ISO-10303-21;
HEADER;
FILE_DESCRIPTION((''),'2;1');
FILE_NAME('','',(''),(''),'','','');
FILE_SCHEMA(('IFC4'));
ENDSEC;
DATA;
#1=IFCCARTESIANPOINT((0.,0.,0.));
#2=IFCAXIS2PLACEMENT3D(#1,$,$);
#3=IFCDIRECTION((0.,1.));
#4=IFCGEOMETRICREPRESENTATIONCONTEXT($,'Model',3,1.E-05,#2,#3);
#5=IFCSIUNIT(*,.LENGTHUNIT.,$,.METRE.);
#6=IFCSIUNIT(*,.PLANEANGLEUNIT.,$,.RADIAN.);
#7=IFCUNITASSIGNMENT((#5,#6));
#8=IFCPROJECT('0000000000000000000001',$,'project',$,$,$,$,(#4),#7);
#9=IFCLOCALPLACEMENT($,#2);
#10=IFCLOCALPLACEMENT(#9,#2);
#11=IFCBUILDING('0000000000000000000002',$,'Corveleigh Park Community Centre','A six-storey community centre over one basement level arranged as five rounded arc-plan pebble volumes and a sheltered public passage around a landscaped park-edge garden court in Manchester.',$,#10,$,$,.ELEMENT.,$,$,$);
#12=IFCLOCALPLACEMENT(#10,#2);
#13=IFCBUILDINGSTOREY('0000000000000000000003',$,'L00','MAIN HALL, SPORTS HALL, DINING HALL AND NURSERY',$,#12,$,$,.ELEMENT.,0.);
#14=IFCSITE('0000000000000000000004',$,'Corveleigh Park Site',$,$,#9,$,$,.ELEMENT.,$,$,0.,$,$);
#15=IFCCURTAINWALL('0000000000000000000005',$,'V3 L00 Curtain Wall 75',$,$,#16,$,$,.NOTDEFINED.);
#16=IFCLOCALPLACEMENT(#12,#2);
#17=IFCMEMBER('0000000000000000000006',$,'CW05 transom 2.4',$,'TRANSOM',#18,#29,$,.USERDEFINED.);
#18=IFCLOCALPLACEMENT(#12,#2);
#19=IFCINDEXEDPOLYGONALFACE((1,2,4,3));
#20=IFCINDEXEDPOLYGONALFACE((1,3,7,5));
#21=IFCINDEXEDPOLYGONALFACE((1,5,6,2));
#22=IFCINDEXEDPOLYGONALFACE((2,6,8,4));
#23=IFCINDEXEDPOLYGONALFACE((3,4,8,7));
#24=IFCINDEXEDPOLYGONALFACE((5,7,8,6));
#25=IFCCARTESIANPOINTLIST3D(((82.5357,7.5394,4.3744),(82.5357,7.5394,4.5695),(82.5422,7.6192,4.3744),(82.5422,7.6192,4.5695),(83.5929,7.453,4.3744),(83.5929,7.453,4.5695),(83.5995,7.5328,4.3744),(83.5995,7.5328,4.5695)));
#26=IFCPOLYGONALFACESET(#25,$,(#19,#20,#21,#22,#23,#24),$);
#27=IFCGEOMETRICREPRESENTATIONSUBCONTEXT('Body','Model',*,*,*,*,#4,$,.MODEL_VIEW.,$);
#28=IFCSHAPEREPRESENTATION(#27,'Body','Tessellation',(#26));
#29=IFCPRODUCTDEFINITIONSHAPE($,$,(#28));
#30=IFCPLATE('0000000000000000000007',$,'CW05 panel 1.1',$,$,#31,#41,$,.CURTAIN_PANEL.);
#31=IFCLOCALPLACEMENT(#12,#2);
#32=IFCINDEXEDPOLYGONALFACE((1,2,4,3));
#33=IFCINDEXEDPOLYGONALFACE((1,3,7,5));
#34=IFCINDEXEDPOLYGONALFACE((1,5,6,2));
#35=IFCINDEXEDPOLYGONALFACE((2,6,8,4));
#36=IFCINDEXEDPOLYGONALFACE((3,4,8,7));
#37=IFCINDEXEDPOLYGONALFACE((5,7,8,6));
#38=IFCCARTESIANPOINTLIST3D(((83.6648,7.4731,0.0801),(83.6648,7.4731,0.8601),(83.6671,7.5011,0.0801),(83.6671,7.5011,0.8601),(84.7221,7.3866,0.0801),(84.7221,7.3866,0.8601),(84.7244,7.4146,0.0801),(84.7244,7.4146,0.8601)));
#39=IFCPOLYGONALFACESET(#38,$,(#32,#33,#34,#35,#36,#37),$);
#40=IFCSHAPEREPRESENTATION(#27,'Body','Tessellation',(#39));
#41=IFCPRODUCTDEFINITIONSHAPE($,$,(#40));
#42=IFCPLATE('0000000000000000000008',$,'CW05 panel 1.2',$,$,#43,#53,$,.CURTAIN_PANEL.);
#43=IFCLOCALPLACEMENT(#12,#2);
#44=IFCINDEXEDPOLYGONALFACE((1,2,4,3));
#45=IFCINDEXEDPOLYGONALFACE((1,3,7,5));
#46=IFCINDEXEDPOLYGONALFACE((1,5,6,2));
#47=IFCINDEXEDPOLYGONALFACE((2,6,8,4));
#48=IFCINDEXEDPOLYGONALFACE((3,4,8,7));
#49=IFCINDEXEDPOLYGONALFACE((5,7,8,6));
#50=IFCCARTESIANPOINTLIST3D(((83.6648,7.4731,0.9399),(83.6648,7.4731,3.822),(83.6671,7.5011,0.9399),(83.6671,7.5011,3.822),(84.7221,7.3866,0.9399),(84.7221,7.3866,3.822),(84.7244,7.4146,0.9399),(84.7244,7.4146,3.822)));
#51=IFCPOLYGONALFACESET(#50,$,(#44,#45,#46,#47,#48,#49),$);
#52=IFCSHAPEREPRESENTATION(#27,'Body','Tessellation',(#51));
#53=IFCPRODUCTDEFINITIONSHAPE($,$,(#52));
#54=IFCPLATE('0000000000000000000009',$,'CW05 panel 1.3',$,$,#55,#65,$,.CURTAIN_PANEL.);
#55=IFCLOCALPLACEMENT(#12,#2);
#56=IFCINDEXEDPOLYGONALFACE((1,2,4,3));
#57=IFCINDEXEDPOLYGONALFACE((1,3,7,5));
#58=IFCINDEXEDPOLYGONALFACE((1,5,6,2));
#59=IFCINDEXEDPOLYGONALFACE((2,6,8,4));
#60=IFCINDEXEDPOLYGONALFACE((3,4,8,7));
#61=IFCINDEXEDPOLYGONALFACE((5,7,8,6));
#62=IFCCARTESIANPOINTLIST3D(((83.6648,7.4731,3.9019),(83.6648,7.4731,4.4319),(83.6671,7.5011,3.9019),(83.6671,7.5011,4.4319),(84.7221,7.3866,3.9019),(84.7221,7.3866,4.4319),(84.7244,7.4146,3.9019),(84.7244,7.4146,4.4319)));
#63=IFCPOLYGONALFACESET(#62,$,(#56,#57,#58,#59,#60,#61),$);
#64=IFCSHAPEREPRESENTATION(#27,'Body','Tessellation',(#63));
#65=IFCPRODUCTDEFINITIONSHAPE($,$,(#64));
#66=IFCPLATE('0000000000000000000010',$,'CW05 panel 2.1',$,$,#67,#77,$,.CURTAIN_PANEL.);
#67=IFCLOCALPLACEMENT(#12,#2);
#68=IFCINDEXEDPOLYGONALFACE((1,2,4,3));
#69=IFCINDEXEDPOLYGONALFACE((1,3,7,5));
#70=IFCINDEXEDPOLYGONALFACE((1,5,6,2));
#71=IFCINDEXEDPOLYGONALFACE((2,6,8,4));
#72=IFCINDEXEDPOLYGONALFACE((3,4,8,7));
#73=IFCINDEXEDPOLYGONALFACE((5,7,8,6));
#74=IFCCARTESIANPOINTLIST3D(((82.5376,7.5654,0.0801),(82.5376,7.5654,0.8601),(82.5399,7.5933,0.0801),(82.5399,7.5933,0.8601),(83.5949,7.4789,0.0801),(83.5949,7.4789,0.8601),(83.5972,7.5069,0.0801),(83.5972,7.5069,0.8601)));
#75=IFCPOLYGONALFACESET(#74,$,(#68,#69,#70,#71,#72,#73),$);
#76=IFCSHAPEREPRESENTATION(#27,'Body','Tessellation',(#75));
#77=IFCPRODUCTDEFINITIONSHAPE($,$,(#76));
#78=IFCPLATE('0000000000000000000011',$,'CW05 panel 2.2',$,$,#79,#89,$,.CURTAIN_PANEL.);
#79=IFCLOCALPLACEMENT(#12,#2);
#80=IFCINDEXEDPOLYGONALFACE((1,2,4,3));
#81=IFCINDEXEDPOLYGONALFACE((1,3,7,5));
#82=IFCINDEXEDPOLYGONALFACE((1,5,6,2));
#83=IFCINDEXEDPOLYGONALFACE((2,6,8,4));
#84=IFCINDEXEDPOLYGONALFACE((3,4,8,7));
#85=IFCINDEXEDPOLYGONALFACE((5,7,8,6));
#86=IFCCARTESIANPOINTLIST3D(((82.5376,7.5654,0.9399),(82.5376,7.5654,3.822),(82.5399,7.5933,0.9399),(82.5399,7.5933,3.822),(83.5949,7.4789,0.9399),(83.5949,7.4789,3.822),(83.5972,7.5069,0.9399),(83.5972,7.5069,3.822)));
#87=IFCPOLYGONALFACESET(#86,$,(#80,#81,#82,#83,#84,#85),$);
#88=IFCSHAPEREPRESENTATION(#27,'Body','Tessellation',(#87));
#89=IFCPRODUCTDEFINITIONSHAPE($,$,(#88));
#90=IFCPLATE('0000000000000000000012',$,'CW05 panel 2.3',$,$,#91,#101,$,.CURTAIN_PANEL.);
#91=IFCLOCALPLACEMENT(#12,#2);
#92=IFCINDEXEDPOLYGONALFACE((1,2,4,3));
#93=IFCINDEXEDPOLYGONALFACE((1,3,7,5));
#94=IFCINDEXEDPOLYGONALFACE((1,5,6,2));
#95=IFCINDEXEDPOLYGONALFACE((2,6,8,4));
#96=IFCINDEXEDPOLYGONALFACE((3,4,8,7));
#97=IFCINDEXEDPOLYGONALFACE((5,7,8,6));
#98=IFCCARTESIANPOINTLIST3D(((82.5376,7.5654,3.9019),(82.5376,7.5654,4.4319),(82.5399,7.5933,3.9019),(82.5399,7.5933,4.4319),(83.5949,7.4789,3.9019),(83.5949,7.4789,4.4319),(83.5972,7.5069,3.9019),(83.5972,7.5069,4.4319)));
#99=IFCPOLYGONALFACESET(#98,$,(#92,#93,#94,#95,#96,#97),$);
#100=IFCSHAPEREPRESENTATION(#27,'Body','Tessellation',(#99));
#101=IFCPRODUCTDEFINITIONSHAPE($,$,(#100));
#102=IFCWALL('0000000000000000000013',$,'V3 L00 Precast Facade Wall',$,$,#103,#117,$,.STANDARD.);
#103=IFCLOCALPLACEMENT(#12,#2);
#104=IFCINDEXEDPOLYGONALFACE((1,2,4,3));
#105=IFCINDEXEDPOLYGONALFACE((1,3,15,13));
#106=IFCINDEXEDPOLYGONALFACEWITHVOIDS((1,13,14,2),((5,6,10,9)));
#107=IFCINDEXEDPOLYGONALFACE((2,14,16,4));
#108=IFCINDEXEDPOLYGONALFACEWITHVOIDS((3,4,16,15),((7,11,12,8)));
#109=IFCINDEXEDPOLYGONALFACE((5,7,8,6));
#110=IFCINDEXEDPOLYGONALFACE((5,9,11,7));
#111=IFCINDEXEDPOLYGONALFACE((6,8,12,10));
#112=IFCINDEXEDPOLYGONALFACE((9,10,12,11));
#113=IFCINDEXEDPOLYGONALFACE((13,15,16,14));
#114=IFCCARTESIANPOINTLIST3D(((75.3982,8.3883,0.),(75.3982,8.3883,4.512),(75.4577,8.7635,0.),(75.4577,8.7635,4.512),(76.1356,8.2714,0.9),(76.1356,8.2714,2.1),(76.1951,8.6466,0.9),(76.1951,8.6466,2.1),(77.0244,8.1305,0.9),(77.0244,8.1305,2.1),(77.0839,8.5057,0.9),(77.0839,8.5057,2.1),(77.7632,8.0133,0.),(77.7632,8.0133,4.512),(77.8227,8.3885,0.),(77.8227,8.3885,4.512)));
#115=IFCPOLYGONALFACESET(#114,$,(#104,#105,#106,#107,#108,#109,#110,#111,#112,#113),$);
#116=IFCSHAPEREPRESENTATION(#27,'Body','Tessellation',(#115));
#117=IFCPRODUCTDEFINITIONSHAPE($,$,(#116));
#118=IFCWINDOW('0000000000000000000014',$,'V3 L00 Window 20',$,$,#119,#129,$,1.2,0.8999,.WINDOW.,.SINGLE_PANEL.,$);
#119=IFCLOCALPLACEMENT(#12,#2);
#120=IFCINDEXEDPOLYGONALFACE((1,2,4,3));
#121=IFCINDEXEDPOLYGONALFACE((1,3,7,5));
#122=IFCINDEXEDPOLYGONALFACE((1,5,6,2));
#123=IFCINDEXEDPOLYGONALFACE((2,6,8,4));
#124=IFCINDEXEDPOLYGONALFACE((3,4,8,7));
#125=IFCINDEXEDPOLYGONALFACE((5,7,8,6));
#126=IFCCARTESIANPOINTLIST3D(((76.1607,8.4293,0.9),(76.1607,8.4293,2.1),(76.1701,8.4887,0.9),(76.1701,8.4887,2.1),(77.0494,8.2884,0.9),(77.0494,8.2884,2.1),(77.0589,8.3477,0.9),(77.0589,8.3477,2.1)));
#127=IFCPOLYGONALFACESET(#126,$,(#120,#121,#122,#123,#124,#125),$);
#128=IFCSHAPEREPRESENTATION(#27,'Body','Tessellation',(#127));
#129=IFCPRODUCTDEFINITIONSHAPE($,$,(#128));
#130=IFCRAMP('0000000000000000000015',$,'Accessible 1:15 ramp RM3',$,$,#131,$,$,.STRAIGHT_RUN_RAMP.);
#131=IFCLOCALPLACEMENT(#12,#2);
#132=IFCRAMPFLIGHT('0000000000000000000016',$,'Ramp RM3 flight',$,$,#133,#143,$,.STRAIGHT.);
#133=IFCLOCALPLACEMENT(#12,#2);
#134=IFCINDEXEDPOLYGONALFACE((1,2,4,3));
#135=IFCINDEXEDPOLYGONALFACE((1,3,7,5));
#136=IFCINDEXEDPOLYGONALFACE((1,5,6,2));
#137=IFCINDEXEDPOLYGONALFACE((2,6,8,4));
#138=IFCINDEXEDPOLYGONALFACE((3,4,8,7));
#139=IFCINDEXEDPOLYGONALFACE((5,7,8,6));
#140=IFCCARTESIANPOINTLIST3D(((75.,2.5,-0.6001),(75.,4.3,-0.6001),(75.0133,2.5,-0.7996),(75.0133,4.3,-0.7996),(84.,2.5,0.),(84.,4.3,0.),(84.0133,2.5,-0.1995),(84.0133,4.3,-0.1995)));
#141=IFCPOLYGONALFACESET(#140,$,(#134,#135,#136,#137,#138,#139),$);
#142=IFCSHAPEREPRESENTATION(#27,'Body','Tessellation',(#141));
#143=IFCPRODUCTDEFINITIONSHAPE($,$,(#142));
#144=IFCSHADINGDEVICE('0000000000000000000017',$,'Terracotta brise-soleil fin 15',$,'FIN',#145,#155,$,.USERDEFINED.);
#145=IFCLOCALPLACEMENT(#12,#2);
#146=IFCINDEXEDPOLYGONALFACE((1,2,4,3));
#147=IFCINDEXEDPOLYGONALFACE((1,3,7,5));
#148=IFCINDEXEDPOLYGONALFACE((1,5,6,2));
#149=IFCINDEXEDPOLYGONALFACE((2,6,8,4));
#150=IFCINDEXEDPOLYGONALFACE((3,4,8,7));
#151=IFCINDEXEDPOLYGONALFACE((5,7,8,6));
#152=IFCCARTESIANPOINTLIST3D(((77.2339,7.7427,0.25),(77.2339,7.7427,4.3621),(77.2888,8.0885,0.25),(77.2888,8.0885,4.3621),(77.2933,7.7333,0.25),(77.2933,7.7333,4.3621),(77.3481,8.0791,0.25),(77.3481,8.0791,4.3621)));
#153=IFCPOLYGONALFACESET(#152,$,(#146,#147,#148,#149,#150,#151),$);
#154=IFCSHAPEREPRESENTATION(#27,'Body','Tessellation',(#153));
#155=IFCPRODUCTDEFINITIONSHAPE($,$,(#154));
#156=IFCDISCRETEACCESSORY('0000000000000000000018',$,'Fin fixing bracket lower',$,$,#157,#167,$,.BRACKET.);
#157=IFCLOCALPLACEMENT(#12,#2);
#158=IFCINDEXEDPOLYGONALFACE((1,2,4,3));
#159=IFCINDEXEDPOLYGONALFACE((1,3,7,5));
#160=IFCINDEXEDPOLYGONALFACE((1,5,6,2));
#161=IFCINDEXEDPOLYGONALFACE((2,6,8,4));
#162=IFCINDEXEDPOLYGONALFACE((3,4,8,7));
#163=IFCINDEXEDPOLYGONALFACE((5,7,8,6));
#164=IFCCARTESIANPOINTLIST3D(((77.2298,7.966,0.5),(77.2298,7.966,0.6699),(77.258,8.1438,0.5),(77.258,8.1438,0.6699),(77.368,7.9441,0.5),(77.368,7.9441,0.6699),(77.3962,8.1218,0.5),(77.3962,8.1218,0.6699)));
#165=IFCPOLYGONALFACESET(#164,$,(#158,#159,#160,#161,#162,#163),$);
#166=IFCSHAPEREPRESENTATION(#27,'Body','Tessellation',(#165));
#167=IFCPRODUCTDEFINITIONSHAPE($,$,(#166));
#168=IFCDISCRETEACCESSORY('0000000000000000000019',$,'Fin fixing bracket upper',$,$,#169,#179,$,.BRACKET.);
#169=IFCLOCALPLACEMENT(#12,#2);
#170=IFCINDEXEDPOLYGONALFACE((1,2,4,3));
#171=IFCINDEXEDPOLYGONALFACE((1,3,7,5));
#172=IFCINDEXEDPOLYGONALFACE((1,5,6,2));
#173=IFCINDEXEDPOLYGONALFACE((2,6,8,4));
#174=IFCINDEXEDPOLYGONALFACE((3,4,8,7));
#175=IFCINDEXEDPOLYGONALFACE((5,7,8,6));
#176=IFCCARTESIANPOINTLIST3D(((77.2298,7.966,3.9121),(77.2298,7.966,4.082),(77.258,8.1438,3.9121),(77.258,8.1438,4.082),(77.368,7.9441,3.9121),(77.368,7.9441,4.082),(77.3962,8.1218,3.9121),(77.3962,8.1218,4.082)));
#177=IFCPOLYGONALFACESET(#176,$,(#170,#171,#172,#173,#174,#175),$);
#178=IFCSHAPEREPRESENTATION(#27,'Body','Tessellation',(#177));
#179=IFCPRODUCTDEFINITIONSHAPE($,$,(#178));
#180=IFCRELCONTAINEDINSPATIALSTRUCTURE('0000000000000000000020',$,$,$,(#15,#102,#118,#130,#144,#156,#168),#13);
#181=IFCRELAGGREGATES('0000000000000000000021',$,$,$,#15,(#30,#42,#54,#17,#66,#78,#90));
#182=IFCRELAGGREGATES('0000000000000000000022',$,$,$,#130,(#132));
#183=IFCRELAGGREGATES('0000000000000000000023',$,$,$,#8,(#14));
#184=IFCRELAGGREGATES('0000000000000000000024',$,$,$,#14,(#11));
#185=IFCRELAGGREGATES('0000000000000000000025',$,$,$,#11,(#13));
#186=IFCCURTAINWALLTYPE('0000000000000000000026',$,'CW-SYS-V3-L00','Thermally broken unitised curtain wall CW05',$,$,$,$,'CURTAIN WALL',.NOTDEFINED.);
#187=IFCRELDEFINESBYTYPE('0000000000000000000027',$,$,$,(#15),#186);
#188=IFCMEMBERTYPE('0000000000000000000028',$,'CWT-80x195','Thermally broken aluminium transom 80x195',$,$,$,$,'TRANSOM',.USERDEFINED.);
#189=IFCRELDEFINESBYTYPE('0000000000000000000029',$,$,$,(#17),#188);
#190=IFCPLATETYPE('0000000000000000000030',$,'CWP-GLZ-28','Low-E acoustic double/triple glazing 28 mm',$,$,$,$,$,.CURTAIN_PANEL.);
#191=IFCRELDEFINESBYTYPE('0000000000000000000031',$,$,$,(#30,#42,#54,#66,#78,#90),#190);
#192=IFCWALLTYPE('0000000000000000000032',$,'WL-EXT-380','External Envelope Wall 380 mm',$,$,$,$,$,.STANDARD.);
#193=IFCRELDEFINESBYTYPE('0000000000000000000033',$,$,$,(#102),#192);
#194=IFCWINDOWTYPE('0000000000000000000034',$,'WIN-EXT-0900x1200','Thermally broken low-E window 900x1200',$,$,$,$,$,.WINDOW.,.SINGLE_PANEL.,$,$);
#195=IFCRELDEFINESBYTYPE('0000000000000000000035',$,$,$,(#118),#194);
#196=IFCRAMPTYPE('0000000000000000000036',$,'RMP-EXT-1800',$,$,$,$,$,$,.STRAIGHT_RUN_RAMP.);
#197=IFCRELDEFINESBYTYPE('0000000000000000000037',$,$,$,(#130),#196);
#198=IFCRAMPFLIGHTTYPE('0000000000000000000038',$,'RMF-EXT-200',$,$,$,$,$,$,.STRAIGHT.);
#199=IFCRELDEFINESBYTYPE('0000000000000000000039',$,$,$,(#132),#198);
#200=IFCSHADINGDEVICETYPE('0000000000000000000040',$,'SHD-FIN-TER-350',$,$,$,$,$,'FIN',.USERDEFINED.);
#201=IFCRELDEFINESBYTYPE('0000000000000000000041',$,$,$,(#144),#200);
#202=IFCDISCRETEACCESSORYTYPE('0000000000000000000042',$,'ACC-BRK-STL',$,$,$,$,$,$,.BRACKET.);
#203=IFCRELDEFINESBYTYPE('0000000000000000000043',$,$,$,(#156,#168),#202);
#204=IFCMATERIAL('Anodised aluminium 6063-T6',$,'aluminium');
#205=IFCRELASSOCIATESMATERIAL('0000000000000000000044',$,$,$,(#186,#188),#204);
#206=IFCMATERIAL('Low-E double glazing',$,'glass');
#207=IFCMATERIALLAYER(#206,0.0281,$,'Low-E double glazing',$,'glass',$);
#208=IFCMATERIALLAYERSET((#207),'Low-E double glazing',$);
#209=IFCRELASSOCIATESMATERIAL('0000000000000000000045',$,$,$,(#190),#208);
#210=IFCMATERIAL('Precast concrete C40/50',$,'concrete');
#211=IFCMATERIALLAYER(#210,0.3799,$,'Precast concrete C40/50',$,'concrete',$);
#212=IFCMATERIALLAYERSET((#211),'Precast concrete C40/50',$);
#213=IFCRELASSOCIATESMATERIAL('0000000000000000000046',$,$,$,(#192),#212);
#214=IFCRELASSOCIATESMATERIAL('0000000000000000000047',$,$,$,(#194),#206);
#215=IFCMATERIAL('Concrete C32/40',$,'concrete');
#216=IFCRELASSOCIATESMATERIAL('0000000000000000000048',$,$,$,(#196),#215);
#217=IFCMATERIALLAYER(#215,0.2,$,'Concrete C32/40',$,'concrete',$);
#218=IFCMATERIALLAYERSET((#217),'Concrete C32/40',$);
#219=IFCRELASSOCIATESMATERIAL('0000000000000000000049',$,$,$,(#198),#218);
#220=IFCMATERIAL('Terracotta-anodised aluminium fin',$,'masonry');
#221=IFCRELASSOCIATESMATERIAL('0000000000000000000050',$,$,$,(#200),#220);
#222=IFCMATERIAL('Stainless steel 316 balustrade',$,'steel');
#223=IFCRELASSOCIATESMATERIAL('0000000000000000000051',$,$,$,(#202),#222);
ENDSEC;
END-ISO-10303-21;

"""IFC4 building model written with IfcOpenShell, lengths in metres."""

from ifc_helpers import new_model, si_unit, direction, frame, frame_2d, origin, origin_2d, place, context, subcontext, project, spatial, polyline, rectangle, outline, extrude, material, layer, layer_set, material_profile, profile_set, type_object, element, fill, aggregate, save


model = new_model("IFC4")

# Units and contexts
model_context = context("Model", 3, precision=1e-05, world=origin(), true_north=direction((0.0, 1.0)))
body_context = subcontext(model_context, "Body", "Model", "MODEL_VIEW")
ifc_project = project(units=[si_unit("LENGTHUNIT", "METRE"), si_unit("PLANEANGLEUNIT", "RADIAN")], contexts=[model_context])

# Site, building, storey
site_placement = place(None, origin())
site = spatial("IfcSite", under=ifc_project, at=site_placement, Name="Corveleigh Park Site", CompositionType="ELEMENT", RefElevation=0.0)
building_placement = place(site_placement, origin())
building = spatial("IfcBuilding", under=site, at=building_placement, Name="Corveleigh Park Community Centre", Description="A six-storey community centre over one basement level arranged as five rounded arc-plan pebble volumes and a sheltered public passage around a landscaped park-edge garden court in Manchester.", CompositionType="ELEMENT")
storey_placement = place(building_placement, origin())
storey = spatial("IfcBuildingStorey", under=building, at=storey_placement, Name="L00", Description="MAIN HALL, SPORTS HALL, DINING HALL AND NURSERY", CompositionType="ELEMENT", Elevation=0.0)

# Curtain wall
ifc_material_1 = material(Name="Anodised aluminium 6063-T6", Category="aluminium")
curtain_wall_type = type_object("IfcCurtainWallType", Name="CW-SYS-V3-L00", Description="Thermally broken unitised curtain wall CW05", ElementType="CURTAIN WALL", PredefinedType="NOTDEFINED", material=ifc_material_1)
curtain_wall_1_placement = place(storey_placement, origin())
curtain_wall_1 = element("IfcCurtainWall", 1, at=curtain_wall_1_placement, inside=storey, type_object=curtain_wall_type, Name="V3 L00 Curtain Wall 75", PredefinedType="NOTDEFINED")

# Member
ifc_material_profile_1 = material_profile(ifc_material_1, rectangle(XDim=0.0801, YDim=0.1951, at=origin_2d()), Name="ALU-T80x195", Category="aluminium")
ifc_profile_set_1 = profile_set([ifc_material_profile_1], Name="Anodised aluminium 6063-T6")
member_type_1 = type_object("IfcMemberType", Name="CWT-80x195", Description="Thermally broken aluminium transom 80x195", ElementType="TRANSOM", PredefinedType="USERDEFINED", material=ifc_profile_set_1)
member_1_placement = place(storey_placement, frame((83.5962, 7.4929, 4.4719), z_axis=(-0.996676, 0.081465, 0.0), x_axis=(-0.081465, -0.996676, 0.0)))
member_1 = element("IfcMember", 2, at=member_1_placement, type_object=member_type_1, Name="CW05 transom 2.4", ObjectType="TRANSOM", PredefinedType="USERDEFINED", context=body_context, shape_type="SweptSolid", body=[
    extrude(rectangle(XDim=0.0801, YDim=0.1951, at=origin_2d()), origin(), (0.0, 0.0, 1.0), 1.0608),
])

# Plates
ifc_material_2 = material(Name="Low-E double glazing", Category="glass")
ifc_layer_1 = layer(ifc_material_2, 0.0281, Name="Low-E double glazing", Category="glass")
ifc_layer_set_1 = layer_set([ifc_layer_1], Name="Low-E double glazing")
plate_type = type_object("IfcPlateType", Name="CWP-GLZ-28", Description="Low-E acoustic double/triple glazing 28 mm", PredefinedType="CURTAIN_PANEL", material=ifc_layer_set_1)
plate_1_placement = place(storey_placement, frame((84.1946, 7.4438, 0.0801), z_axis=(0.0, 0.0, 1.0), x_axis=(-0.996675, 0.081484, 0.0)))
plate_1 = element("IfcPlate", 3, at=plate_1_placement, type_object=plate_type, Name="CW05 panel 1.1", PredefinedType="CURTAIN_PANEL", context=body_context, shape_type="SweptSolid", body=[
    extrude(rectangle(XDim=1.0608, YDim=0.0281, at=origin_2d()), origin(), (0.0, 0.0, 1.0), 0.78),
])
plate_2_placement = place(storey_placement, frame((84.1946, 7.4438, 0.9399), z_axis=(0.0, 0.0, 1.0), x_axis=(-0.996675, 0.081484, 0.0)))
plate_2 = element("IfcPlate", 4, at=plate_2_placement, type_object=plate_type, Name="CW05 panel 1.2", PredefinedType="CURTAIN_PANEL", context=body_context, shape_type="SweptSolid", body=[
    extrude(rectangle(XDim=1.0608, YDim=0.0281, at=origin_2d()), origin(), (0.0, 0.0, 1.0), 2.8821),
])
plate_3_placement = place(storey_placement, frame((84.1946, 7.4438, 3.9019), z_axis=(0.0, 0.0, 1.0), x_axis=(-0.996675, 0.081484, 0.0)))
plate_3 = element("IfcPlate", 5, at=plate_3_placement, type_object=plate_type, Name="CW05 panel 1.3", PredefinedType="CURTAIN_PANEL", context=body_context, shape_type="SweptSolid", body=[
    extrude(rectangle(XDim=1.0608, YDim=0.0281, at=origin_2d()), origin(), (0.0, 0.0, 1.0), 0.53),
])
plate_4_placement = place(storey_placement, frame((83.0674, 7.5361, 0.0801), z_axis=(0.0, 0.0, 1.0), x_axis=(-0.996675, 0.081484, 0.0)))
plate_4 = element("IfcPlate", 6, at=plate_4_placement, type_object=plate_type, Name="CW05 panel 2.1", PredefinedType="CURTAIN_PANEL", context=body_context, shape_type="SweptSolid", body=[
    extrude(rectangle(XDim=1.0608, YDim=0.0281, at=origin_2d()), origin(), (0.0, 0.0, 1.0), 0.78),
])
plate_5_placement = place(storey_placement, frame((83.0674, 7.5361, 0.9399), z_axis=(0.0, 0.0, 1.0), x_axis=(-0.996675, 0.081484, 0.0)))
plate_5 = element("IfcPlate", 7, at=plate_5_placement, type_object=plate_type, Name="CW05 panel 2.2", PredefinedType="CURTAIN_PANEL", context=body_context, shape_type="SweptSolid", body=[
    extrude(rectangle(XDim=1.0608, YDim=0.0281, at=origin_2d()), origin(), (0.0, 0.0, 1.0), 2.8821),
])
plate_6_placement = place(storey_placement, frame((83.0674, 7.5361, 3.9019), z_axis=(0.0, 0.0, 1.0), x_axis=(-0.996675, 0.081484, 0.0)))
plate_6 = element("IfcPlate", 8, at=plate_6_placement, type_object=plate_type, Name="CW05 panel 2.3", PredefinedType="CURTAIN_PANEL", context=body_context, shape_type="SweptSolid", body=[
    extrude(rectangle(XDim=1.0608, YDim=0.0281, at=origin_2d()), origin(), (0.0, 0.0, 1.0), 0.53),
])
aggregate(curtain_wall_1, [plate_1, plate_2, plate_3, member_1, plate_4, plate_5, plate_6])

# Shared definitions
ifc_material_3 = material(Name="Precast concrete C40/50", Category="concrete")

# Wall, opening, window
ifc_layer_2 = layer(ifc_material_3, 0.3799, Name="Precast concrete C40/50", Category="concrete")
ifc_layer_set_2 = layer_set([ifc_layer_2], Name="Precast concrete C40/50")
wall_type_1 = type_object("IfcWallType", Name="WL-EXT-380", Description="External Envelope Wall 380 mm", PredefinedType="STANDARD", material=ifc_layer_set_2)
wall_1_placement = place(storey_placement, frame((77.793, 8.2009, 0.0), z_axis=(0.0, 0.0, 1.0), x_axis=(-0.987661, 0.156607, 0.0)))
wall_1 = element("IfcWall", 9, at=wall_1_placement, inside=storey, type_object=wall_type_1, Name="V3 L00 Precast Facade Wall", PredefinedType="STANDARD", context=body_context, shape_type="SweptSolid", body=[
    extrude(rectangle(XDim=2.3945, YDim=0.3799, at=frame_2d((1.1973, 0.0))), origin(), (0.0, 0.0, 1.0), 4.512),
])
opening_1_placement = place(wall_1_placement, frame((0.748, 0.0, 0.8999)))
opening_1 = element("IfcOpeningElement", 10, at=opening_1_placement, cuts=wall_1, PredefinedType="OPENING", context=body_context, shape_type="SweptSolid", body=[
    extrude(rectangle(XDim=0.8999, YDim=1.2, at=frame_2d((0.45, 0.6001))), frame((0.0, 0.2, 0.0), z_axis=(0.0, -1.0, 0.0), x_axis=(1.0, 0.0, 0.0)), (0.0, 0.0, 1.0), 0.3999),
])
window_type = type_object("IfcWindowType", Name="WIN-EXT-0900x1200", Description="Thermally broken low-E window 900x1200", PartitioningType="SINGLE_PANEL", PredefinedType="WINDOW", material=ifc_material_2)
window_placement = place(opening_1_placement, origin())
window = element("IfcWindow", 11, at=window_placement, inside=storey, type_object=window_type, Name="V3 L00 Window 20", OverallHeight=1.2, OverallWidth=0.8999, PartitioningType="SINGLE_PANEL", PredefinedType="WINDOW", context=body_context, shape_type="SweptSolid", body=[
    extrude(rectangle(XDim=0.8999, YDim=1.2, at=frame_2d((0.45, 0.6001))), frame((0.0, 0.03, 0.0), z_axis=(0.0, -1.0, 0.0), x_axis=(1.0, 0.0, 0.0)), (0.0, 0.0, 1.0), 0.0601),
])
fill(opening_1, window)

# Ramp, ramp flight
ifc_material_4 = material(Name="Concrete C32/40", Category="concrete")
ramp_type = type_object("IfcRampType", Name="RMP-EXT-1800", PredefinedType="STRAIGHT_RUN_RAMP", material=ifc_material_4)
ramp_placement = place(storey_placement, origin())
ramp = element("IfcRamp", 12, at=ramp_placement, inside=storey, type_object=ramp_type, Name="Accessible 1:15 ramp RM3", PredefinedType="STRAIGHT_RUN_RAMP")
ifc_layer_3 = layer(ifc_material_4, 0.2, Name="Concrete C32/40", Category="concrete")
ifc_layer_set_3 = layer_set([ifc_layer_3], Name="Concrete C32/40")
ramp_flight_type = type_object("IfcRampFlightType", Name="RMF-EXT-200", PredefinedType="STRAIGHT", material=ifc_layer_set_3)
ramp_flight_placement = place(storey_placement, frame((75.0, 2.5, -0.6001), z_axis=(-0.06653, 0.0, 0.997784), x_axis=(0.997784, 0.0, 0.06653)))
ramp_flight = element("IfcRampFlight", 13, at=ramp_flight_placement, type_object=ramp_flight_type, Name="Ramp RM3 flight", PredefinedType="STRAIGHT", context=body_context, shape_type="SweptSolid", body=[
    extrude(outline(polyline([(0.0, 0.0), (9.02, 0.0), (9.02, 1.8), (0.0, 1.8), (0.0, 0.0)])), origin(), (0.0, 0.0, -1.0), 0.2),
])
aggregate(ramp, [ramp_flight])

# Shared definitions
ifc_material_5 = material(Name="Stainless steel 316 balustrade", Category="steel")

# Shading device
ifc_material_6 = material(Name="Terracotta-anodised aluminium fin", Category="masonry")
shading_device_type = type_object("IfcShadingDeviceType", Name="SHD-FIN-TER-350", ElementType="FIN", PredefinedType="USERDEFINED", material=ifc_material_6)
shading_device_placement = place(storey_placement, frame((77.291, 7.9109, 0.25), z_axis=(0.0, 0.0, 1.0), x_axis=(-0.156606, -0.987661, 0.0)))
element("IfcShadingDevice", 14, at=shading_device_placement, inside=storey, type_object=shading_device_type, Name="Terracotta brise-soleil fin 15", ObjectType="FIN", PredefinedType="USERDEFINED", context=body_context, shape_type="SweptSolid", body=[
    extrude(rectangle(XDim=0.3501, YDim=0.0601, at=origin_2d()), origin(), (0.0, 0.0, 1.0), 4.1121),
])

# Discrete accessories
discrete_accessory_type = type_object("IfcDiscreteAccessoryType", Name="ACC-BRK-STL", PredefinedType="BRACKET", material=ifc_material_5)
for number, where, z_axis, x_axis, name in (
    (15, (77.313, 8.0439, 0.5), (0.0, 0.0, 1.0), (-0.156606, -0.987661, 0.0), "Fin fixing bracket lower"),
    (16, (77.313, 8.0439, 3.9121), (0.0, 0.0, 1.0), (-0.156606, -0.987661, 0.0), "Fin fixing bracket upper"),
):
    element("IfcDiscreteAccessory", number, at=place(storey_placement, frame(where, z_axis=z_axis, x_axis=x_axis)), inside=storey, type_object=discrete_accessory_type, Name=name, PredefinedType="BRACKET", context=body_context, shape_type="SweptSolid", body=[
        extrude(rectangle(XDim=0.1799, YDim=0.1399, at=origin_2d()), origin(), (0.0, 0.0, 1.0), 0.1699),
    ])

save(model, "model.ifc")
